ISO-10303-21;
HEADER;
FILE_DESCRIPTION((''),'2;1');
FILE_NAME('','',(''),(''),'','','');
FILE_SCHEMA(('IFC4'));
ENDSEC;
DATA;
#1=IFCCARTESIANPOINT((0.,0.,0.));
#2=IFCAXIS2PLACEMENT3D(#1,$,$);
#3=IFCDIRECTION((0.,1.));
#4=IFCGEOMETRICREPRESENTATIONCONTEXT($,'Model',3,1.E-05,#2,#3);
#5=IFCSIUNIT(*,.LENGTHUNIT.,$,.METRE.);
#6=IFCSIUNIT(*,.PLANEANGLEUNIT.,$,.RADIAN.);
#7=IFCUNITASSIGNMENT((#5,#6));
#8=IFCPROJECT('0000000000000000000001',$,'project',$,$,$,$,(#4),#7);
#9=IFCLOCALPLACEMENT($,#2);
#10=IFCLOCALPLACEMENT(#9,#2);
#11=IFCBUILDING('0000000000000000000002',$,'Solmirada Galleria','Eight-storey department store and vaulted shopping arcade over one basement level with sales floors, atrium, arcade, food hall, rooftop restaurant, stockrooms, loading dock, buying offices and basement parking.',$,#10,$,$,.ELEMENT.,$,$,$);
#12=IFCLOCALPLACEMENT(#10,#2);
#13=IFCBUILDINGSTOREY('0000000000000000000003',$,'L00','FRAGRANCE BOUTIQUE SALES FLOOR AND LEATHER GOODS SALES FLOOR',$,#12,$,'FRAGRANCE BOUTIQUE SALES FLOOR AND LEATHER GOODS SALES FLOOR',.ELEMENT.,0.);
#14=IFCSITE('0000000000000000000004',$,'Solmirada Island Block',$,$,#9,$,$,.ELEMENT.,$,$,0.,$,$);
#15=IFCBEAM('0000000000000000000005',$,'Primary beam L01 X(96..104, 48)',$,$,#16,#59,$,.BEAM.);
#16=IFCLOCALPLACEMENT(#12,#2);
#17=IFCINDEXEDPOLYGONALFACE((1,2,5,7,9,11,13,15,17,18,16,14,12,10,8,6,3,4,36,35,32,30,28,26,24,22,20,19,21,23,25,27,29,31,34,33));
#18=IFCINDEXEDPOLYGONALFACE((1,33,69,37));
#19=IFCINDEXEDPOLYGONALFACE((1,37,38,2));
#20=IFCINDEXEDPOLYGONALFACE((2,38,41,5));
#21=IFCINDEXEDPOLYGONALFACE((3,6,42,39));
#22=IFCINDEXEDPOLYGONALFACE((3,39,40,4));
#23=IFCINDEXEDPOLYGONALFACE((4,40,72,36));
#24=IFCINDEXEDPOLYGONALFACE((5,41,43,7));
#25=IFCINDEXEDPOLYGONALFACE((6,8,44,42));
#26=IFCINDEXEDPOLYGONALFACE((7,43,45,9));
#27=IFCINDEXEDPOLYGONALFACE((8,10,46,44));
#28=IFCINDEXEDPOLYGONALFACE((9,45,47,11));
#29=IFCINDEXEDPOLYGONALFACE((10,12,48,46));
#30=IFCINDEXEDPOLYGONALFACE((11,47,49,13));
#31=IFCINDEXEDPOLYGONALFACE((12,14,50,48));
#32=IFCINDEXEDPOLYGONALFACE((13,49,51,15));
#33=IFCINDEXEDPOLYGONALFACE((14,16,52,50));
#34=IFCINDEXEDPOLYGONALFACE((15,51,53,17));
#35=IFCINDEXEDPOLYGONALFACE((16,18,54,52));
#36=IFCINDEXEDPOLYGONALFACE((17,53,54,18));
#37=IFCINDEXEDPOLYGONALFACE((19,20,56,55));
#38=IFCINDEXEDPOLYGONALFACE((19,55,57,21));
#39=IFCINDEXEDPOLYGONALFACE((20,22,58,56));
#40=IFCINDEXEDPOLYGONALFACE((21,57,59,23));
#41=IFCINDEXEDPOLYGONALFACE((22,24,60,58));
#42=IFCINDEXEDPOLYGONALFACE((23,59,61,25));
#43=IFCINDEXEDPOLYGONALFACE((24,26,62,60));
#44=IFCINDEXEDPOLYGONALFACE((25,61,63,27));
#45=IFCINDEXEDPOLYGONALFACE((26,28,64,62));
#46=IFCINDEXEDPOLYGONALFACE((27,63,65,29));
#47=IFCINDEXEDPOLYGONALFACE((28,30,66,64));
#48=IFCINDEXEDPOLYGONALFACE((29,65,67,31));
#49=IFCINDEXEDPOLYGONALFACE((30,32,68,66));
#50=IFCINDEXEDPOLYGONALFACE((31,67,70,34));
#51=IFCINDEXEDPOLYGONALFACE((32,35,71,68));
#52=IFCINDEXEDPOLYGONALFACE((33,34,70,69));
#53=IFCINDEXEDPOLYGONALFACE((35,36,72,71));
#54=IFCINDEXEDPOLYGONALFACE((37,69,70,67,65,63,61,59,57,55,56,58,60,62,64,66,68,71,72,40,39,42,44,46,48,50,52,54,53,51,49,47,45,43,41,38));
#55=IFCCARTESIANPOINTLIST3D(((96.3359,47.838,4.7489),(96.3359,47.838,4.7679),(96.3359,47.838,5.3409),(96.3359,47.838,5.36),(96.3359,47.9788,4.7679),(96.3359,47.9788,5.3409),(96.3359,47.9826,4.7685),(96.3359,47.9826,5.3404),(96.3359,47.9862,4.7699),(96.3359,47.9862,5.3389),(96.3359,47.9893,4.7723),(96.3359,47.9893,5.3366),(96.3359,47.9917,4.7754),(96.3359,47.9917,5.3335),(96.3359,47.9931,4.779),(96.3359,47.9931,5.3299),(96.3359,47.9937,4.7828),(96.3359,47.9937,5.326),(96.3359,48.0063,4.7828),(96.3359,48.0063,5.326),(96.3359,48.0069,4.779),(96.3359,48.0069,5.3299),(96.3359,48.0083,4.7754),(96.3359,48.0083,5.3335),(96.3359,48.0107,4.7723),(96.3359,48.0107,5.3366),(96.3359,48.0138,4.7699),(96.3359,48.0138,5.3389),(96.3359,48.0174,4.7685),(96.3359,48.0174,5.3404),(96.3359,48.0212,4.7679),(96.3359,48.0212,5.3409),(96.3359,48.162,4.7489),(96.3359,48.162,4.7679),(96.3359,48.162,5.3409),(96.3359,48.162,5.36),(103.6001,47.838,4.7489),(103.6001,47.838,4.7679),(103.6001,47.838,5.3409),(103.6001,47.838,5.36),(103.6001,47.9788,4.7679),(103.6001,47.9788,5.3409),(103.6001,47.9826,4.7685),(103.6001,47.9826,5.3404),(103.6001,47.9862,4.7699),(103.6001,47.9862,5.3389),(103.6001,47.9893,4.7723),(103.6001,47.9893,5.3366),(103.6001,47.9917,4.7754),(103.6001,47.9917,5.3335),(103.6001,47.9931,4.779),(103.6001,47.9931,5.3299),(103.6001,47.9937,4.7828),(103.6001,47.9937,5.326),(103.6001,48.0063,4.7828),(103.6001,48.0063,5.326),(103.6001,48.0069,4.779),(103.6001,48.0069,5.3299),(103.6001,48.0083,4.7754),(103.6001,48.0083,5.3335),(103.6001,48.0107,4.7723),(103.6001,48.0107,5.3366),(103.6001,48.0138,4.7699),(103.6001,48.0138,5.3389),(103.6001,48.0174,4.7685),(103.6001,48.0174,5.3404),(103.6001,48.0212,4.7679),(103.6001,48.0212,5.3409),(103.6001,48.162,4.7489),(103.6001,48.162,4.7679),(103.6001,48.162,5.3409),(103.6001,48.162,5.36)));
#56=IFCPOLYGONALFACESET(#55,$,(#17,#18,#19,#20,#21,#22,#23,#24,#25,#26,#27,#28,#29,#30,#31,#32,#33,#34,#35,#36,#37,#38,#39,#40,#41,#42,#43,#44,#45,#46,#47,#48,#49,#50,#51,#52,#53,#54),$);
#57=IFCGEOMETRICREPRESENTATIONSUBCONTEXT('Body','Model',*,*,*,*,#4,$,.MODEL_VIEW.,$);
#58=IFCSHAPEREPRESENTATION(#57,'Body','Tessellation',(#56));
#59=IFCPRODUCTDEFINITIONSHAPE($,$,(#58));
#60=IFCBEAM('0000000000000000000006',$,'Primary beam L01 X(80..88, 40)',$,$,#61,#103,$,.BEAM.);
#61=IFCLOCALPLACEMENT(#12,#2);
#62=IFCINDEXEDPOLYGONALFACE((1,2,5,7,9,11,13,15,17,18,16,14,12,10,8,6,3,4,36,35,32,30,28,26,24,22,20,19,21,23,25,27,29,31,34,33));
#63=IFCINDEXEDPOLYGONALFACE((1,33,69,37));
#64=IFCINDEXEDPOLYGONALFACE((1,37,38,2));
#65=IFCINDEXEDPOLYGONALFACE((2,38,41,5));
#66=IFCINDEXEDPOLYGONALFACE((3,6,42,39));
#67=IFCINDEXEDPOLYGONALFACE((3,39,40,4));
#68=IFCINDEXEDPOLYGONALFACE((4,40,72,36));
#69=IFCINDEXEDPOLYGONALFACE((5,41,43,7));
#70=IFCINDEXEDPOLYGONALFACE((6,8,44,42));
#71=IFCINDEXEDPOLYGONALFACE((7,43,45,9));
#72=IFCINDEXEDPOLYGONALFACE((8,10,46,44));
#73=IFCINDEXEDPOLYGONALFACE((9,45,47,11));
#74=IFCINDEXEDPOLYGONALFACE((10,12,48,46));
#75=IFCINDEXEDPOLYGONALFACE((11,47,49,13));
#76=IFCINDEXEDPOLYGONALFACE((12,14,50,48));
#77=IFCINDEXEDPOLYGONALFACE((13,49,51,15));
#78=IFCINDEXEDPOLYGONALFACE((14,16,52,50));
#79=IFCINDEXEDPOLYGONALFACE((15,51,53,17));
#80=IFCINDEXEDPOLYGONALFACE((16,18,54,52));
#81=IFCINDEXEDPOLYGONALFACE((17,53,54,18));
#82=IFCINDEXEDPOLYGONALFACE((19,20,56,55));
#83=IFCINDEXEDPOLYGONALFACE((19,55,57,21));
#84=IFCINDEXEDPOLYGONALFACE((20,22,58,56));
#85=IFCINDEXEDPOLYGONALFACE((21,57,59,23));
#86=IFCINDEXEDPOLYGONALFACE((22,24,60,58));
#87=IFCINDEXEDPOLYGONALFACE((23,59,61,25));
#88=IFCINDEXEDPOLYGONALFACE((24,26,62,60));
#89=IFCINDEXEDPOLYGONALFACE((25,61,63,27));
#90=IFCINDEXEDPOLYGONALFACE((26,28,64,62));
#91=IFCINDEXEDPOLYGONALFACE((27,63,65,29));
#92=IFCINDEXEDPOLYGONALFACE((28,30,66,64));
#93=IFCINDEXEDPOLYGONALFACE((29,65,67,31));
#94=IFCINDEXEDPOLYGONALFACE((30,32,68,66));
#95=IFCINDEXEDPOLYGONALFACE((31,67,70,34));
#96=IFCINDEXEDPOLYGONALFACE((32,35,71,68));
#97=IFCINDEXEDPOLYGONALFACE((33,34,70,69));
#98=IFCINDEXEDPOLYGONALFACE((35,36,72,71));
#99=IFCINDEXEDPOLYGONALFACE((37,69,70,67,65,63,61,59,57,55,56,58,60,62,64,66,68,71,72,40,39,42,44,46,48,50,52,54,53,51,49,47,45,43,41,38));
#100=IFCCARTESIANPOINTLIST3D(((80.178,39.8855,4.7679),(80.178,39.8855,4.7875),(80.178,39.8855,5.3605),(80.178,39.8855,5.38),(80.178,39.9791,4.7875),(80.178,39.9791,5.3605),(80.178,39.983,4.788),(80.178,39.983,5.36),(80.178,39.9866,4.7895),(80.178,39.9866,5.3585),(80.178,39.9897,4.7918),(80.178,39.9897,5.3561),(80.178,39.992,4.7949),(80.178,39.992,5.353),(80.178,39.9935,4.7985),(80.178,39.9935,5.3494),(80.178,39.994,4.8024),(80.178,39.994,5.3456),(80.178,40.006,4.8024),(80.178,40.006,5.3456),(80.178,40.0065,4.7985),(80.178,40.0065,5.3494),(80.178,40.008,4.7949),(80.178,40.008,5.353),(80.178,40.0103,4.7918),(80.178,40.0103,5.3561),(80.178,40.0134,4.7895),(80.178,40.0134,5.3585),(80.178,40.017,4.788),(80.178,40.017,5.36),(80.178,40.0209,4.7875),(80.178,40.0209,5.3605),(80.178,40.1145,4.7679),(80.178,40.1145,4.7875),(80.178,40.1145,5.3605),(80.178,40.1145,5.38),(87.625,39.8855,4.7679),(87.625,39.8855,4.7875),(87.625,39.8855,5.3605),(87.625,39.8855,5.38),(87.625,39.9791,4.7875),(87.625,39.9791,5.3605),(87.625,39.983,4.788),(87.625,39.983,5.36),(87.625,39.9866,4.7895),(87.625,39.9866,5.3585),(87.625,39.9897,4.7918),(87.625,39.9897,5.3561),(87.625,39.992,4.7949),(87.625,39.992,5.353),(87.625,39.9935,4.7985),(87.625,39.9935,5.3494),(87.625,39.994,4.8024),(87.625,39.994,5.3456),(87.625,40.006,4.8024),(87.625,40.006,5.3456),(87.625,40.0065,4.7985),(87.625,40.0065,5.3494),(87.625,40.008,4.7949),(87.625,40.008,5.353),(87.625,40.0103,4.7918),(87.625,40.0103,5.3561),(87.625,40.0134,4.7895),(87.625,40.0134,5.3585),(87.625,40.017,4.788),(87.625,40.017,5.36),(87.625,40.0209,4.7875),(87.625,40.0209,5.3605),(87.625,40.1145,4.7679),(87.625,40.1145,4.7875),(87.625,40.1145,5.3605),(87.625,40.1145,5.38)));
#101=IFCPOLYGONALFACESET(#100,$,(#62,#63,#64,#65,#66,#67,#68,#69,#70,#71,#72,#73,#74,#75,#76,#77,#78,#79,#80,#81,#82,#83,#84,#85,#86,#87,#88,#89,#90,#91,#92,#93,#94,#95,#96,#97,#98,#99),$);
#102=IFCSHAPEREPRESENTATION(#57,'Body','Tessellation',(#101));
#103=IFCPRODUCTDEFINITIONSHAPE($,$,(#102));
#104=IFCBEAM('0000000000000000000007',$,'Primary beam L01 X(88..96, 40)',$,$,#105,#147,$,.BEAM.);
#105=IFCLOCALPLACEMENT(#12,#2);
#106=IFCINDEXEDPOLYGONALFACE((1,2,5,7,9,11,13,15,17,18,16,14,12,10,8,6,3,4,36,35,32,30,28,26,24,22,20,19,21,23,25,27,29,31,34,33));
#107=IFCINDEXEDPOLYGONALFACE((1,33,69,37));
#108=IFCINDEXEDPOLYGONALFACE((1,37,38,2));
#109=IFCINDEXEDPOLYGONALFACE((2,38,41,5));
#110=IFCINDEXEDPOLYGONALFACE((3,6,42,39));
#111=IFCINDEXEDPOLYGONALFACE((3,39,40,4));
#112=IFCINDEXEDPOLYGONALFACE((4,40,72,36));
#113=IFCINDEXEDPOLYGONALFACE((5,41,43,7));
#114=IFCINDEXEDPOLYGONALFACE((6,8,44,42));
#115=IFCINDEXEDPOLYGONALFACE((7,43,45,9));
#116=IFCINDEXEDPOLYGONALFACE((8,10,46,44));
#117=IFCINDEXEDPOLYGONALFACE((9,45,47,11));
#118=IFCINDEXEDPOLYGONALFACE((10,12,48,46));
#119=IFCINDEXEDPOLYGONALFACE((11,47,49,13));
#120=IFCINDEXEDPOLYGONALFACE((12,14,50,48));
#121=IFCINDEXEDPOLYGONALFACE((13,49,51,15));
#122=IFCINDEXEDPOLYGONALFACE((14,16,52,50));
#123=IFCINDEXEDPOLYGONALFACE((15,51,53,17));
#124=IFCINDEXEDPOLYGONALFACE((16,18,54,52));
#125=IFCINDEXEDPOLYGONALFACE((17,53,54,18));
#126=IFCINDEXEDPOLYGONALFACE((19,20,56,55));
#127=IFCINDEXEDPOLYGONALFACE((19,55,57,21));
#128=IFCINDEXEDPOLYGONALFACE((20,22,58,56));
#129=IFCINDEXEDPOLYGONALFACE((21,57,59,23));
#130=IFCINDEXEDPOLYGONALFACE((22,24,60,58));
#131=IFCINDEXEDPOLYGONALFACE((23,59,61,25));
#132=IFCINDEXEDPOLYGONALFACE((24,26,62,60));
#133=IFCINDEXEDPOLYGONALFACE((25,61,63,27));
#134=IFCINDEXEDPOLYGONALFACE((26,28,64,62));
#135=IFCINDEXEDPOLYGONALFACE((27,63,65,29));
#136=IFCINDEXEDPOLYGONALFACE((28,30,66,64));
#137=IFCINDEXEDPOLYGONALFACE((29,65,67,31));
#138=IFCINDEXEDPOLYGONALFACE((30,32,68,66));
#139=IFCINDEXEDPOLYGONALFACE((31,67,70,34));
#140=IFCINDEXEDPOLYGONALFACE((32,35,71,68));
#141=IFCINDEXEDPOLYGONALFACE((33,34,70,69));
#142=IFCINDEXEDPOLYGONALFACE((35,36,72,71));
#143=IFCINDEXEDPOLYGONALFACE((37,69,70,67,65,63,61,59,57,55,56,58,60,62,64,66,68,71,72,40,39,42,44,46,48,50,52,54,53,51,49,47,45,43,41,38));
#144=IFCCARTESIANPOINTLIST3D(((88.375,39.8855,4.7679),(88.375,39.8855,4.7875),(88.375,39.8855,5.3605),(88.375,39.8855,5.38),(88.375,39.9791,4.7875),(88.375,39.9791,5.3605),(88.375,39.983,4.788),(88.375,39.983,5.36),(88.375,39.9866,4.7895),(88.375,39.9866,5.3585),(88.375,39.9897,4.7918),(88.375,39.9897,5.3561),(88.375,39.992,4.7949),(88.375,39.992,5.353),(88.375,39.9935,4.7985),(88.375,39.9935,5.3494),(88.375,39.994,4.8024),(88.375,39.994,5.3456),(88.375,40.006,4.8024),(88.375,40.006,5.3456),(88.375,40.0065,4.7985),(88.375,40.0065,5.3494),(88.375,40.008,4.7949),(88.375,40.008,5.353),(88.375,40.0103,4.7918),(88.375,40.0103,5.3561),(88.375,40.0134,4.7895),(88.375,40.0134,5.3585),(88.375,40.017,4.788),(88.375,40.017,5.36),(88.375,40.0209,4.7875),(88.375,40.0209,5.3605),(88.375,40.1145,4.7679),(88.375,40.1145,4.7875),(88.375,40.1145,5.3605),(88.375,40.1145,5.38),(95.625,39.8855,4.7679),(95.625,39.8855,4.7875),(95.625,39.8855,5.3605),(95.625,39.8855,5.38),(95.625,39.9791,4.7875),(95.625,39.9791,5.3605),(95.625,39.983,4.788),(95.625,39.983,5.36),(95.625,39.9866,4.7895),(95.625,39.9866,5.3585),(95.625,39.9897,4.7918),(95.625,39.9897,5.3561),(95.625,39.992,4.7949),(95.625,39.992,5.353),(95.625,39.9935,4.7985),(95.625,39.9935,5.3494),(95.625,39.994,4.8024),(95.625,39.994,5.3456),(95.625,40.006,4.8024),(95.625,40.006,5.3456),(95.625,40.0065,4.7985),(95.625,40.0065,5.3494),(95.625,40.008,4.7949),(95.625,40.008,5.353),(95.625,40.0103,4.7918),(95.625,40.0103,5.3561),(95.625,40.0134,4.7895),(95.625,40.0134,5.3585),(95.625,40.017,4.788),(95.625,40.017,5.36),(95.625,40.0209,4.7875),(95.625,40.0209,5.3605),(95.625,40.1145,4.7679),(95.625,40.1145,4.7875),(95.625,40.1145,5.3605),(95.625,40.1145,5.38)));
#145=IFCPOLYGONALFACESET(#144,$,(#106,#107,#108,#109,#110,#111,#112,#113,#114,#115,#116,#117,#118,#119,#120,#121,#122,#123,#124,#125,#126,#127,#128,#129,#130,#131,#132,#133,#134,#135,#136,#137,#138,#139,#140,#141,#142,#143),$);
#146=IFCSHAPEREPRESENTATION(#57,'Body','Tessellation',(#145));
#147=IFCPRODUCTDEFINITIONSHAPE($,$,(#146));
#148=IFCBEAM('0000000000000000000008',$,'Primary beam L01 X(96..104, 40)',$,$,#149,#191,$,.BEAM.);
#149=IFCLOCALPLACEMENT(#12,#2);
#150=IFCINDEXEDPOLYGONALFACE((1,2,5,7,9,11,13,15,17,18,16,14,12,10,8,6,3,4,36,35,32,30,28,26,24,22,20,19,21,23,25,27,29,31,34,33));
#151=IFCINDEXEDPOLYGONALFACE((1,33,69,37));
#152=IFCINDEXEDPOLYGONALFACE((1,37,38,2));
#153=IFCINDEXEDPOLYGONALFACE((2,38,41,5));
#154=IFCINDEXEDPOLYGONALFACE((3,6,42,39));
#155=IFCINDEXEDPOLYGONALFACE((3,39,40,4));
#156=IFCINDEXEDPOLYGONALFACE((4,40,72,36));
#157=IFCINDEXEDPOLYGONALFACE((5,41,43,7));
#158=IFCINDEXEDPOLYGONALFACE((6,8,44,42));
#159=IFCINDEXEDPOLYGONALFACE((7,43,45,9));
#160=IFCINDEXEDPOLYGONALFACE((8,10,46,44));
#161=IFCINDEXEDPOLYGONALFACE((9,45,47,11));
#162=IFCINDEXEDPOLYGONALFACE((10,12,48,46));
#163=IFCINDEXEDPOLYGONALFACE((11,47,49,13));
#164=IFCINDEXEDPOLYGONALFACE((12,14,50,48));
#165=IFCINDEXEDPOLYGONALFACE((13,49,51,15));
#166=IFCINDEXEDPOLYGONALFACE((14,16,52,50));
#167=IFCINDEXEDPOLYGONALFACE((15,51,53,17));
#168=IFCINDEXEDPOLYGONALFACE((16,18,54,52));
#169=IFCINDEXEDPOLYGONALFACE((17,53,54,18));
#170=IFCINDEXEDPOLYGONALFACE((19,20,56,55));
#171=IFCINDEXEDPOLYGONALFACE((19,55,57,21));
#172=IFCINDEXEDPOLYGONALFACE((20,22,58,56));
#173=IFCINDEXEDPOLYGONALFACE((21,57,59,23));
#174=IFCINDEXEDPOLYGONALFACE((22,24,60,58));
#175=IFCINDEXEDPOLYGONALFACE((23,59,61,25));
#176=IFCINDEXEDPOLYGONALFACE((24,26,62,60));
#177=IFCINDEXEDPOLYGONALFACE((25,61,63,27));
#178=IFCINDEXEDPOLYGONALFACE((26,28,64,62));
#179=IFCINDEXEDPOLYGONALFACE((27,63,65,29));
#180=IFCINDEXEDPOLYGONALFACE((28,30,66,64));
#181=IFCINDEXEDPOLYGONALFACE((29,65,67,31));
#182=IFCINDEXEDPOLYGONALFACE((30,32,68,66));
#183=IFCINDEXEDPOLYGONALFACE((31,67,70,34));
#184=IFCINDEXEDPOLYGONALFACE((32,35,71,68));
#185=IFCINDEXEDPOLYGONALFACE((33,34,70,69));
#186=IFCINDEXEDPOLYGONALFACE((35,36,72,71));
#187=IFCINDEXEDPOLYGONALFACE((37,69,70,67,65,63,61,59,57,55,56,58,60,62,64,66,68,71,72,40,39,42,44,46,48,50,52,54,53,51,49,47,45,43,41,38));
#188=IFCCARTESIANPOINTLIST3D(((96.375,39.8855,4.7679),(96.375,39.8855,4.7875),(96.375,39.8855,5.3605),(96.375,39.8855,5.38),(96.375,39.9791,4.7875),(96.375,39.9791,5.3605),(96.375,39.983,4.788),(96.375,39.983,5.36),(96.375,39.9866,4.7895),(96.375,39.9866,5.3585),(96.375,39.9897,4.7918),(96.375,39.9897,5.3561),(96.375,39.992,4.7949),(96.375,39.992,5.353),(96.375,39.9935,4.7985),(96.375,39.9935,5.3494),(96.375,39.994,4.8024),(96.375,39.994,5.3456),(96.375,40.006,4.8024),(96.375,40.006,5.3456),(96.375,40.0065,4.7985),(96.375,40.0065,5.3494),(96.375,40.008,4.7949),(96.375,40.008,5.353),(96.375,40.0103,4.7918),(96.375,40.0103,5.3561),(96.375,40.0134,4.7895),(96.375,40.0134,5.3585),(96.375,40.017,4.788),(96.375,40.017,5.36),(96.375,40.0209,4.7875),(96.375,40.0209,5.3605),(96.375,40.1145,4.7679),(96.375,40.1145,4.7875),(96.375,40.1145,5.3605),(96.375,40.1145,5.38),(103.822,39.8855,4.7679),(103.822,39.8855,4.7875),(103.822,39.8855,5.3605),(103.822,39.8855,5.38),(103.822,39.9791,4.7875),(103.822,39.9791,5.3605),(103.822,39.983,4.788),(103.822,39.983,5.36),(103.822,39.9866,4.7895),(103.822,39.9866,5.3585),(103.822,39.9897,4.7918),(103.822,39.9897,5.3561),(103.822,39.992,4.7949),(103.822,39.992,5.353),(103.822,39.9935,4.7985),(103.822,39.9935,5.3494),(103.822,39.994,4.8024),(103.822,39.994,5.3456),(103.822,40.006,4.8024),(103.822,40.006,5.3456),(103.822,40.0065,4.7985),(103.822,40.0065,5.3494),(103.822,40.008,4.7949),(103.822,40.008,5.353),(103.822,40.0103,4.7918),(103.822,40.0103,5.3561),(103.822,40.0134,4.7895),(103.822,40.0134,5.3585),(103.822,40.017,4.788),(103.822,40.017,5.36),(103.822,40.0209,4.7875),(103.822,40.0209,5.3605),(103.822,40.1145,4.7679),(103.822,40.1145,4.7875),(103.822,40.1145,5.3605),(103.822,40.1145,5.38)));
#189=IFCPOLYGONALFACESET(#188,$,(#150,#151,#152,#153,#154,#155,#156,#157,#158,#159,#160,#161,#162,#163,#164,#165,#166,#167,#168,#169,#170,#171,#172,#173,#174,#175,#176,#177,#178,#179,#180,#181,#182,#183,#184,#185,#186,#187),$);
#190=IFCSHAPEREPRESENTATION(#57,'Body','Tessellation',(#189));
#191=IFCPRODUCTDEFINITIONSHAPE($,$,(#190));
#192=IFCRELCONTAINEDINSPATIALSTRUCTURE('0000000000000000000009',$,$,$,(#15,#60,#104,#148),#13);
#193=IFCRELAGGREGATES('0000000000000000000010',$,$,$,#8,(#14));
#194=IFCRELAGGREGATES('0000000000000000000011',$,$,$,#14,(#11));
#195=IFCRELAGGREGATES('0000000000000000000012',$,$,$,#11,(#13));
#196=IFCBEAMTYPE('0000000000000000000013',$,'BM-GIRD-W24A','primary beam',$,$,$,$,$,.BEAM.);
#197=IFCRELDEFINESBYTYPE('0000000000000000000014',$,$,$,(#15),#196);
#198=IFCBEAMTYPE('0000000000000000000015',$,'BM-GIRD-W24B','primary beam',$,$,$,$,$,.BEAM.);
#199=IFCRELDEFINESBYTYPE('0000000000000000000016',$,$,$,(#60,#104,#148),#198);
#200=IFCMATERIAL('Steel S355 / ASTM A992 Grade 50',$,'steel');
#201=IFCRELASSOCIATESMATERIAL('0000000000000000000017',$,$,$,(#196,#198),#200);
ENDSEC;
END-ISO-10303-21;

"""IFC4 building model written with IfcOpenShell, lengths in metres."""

from ifc_helpers import new_model, si_unit, direction, frame, origin, origin_2d, place, context, subcontext, project, spatial, i_section, extrude, material, material_profile, profile_set, type_object, element, save


model = new_model("IFC4")

# Units and contexts
model_context = context("Model", 3, precision=1e-05, world=origin(), true_north=direction((0.0, 1.0)))
body_context = subcontext(model_context, "Body", "Model", "MODEL_VIEW")
ifc_project = project(units=[si_unit("LENGTHUNIT", "METRE"), si_unit("PLANEANGLEUNIT", "RADIAN")], contexts=[model_context])

# Site, building, storey
site_placement = place(None, origin())
site = spatial("IfcSite", under=ifc_project, at=site_placement, Name="Solmirada Island Block", CompositionType="ELEMENT", RefElevation=0.0)
building_placement = place(site_placement, origin())
building = spatial("IfcBuilding", under=site, at=building_placement, Name="Solmirada Galleria", Description="Eight-storey department store and vaulted shopping arcade over one basement level with sales floors, atrium, arcade, food hall, rooftop restaurant, stockrooms, loading dock, buying offices and basement parking.", CompositionType="ELEMENT")
storey_placement = place(building_placement, origin())
storey = spatial("IfcBuildingStorey", under=building, at=storey_placement, Name="L00", Description="FRAGRANCE BOUTIQUE SALES FLOOR AND LEATHER GOODS SALES FLOOR", LongName="FRAGRANCE BOUTIQUE SALES FLOOR AND LEATHER GOODS SALES FLOOR", CompositionType="ELEMENT", Elevation=0.0)

# Beams
ifc_material_1 = material(Name="Steel S355 / ASTM A992 Grade 50", Category="steel")
ifc_material_profile_1 = material_profile(ifc_material_1, i_section(OverallWidth=0.324, OverallDepth=0.6111, WebThickness=0.0127, FlangeThickness=0.019, FilletRadius=0.0149, at=origin_2d()), Name="W24X104")
ifc_profile_set_1 = profile_set([ifc_material_profile_1], Name="Steel S355 / ASTM A992 Grade 50")
beam_type_1 = type_object("IfcBeamType", Name="BM-GIRD-W24A", Description="primary beam", PredefinedType="BEAM", material=ifc_profile_set_1)
beam_1_placement = place(storey_placement, frame((96.3359, 48.0, 5.0544), z_axis=(1.0, 0.0, 0.0), x_axis=(0.0, 1.0, 0.0)))
element("IfcBeam", 1, at=beam_1_placement, inside=storey, type_object=beam_type_1, Name="Primary beam L01 X(96..104, 48)", PredefinedType="BEAM", context=body_context, shape_type="SweptSolid", body=[
    extrude(i_section(OverallWidth=0.324, OverallDepth=0.6111, WebThickness=0.0127, FlangeThickness=0.019, FilletRadius=0.0149, at=origin_2d()), origin(), (0.0, 0.0, 1.0), 7.2642),
])
ifc_material_profile_2 = material_profile(ifc_material_1, i_section(OverallWidth=0.229, OverallDepth=0.6121, WebThickness=0.012, FlangeThickness=0.0195, FilletRadius=0.0149, at=origin_2d()), Name="W24X84")
ifc_profile_set_2 = profile_set([ifc_material_profile_2], Name="Steel S355 / ASTM A992 Grade 50")
beam_type_2 = type_object("IfcBeamType", Name="BM-GIRD-W24B", Description="primary beam", PredefinedType="BEAM", material=ifc_profile_set_2)
beam_2_placement = place(storey_placement, frame((80.178, 40.0, 5.074), z_axis=(1.0, 0.0, 0.0), x_axis=(0.0, 1.0, 0.0)))
element("IfcBeam", 2, at=beam_2_placement, inside=storey, type_object=beam_type_2, Name="Primary beam L01 X(80..88, 40)", PredefinedType="BEAM", context=body_context, shape_type="SweptSolid", body=[
    extrude(i_section(OverallWidth=0.229, OverallDepth=0.6121, WebThickness=0.012, FlangeThickness=0.0195, FilletRadius=0.0149, at=origin_2d()), origin(), (0.0, 0.0, 1.0), 7.447),
])
beam_3_placement = place(storey_placement, frame((88.375, 40.0, 5.074), z_axis=(1.0, 0.0, 0.0), x_axis=(0.0, 1.0, 0.0)))
element("IfcBeam", 3, at=beam_3_placement, inside=storey, type_object=beam_type_2, Name="Primary beam L01 X(88..96, 40)", PredefinedType="BEAM", context=body_context, shape_type="SweptSolid", body=[
    extrude(i_section(OverallWidth=0.229, OverallDepth=0.6121, WebThickness=0.012, FlangeThickness=0.0195, FilletRadius=0.0149, at=origin_2d()), origin(), (0.0, 0.0, 1.0), 7.25),
])
beam_4_placement = place(storey_placement, frame((96.375, 40.0, 5.074), z_axis=(1.0, 0.0, 0.0), x_axis=(0.0, 1.0, 0.0)))
element("IfcBeam", 4, at=beam_4_placement, inside=storey, type_object=beam_type_2, Name="Primary beam L01 X(96..104, 40)", PredefinedType="BEAM", context=body_context, shape_type="SweptSolid", body=[
    extrude(i_section(OverallWidth=0.229, OverallDepth=0.6121, WebThickness=0.012, FlangeThickness=0.0195, FilletRadius=0.0149, at=origin_2d()), origin(), (0.0, 0.0, 1.0), 7.447),
])

save(model, "model.ifc")
